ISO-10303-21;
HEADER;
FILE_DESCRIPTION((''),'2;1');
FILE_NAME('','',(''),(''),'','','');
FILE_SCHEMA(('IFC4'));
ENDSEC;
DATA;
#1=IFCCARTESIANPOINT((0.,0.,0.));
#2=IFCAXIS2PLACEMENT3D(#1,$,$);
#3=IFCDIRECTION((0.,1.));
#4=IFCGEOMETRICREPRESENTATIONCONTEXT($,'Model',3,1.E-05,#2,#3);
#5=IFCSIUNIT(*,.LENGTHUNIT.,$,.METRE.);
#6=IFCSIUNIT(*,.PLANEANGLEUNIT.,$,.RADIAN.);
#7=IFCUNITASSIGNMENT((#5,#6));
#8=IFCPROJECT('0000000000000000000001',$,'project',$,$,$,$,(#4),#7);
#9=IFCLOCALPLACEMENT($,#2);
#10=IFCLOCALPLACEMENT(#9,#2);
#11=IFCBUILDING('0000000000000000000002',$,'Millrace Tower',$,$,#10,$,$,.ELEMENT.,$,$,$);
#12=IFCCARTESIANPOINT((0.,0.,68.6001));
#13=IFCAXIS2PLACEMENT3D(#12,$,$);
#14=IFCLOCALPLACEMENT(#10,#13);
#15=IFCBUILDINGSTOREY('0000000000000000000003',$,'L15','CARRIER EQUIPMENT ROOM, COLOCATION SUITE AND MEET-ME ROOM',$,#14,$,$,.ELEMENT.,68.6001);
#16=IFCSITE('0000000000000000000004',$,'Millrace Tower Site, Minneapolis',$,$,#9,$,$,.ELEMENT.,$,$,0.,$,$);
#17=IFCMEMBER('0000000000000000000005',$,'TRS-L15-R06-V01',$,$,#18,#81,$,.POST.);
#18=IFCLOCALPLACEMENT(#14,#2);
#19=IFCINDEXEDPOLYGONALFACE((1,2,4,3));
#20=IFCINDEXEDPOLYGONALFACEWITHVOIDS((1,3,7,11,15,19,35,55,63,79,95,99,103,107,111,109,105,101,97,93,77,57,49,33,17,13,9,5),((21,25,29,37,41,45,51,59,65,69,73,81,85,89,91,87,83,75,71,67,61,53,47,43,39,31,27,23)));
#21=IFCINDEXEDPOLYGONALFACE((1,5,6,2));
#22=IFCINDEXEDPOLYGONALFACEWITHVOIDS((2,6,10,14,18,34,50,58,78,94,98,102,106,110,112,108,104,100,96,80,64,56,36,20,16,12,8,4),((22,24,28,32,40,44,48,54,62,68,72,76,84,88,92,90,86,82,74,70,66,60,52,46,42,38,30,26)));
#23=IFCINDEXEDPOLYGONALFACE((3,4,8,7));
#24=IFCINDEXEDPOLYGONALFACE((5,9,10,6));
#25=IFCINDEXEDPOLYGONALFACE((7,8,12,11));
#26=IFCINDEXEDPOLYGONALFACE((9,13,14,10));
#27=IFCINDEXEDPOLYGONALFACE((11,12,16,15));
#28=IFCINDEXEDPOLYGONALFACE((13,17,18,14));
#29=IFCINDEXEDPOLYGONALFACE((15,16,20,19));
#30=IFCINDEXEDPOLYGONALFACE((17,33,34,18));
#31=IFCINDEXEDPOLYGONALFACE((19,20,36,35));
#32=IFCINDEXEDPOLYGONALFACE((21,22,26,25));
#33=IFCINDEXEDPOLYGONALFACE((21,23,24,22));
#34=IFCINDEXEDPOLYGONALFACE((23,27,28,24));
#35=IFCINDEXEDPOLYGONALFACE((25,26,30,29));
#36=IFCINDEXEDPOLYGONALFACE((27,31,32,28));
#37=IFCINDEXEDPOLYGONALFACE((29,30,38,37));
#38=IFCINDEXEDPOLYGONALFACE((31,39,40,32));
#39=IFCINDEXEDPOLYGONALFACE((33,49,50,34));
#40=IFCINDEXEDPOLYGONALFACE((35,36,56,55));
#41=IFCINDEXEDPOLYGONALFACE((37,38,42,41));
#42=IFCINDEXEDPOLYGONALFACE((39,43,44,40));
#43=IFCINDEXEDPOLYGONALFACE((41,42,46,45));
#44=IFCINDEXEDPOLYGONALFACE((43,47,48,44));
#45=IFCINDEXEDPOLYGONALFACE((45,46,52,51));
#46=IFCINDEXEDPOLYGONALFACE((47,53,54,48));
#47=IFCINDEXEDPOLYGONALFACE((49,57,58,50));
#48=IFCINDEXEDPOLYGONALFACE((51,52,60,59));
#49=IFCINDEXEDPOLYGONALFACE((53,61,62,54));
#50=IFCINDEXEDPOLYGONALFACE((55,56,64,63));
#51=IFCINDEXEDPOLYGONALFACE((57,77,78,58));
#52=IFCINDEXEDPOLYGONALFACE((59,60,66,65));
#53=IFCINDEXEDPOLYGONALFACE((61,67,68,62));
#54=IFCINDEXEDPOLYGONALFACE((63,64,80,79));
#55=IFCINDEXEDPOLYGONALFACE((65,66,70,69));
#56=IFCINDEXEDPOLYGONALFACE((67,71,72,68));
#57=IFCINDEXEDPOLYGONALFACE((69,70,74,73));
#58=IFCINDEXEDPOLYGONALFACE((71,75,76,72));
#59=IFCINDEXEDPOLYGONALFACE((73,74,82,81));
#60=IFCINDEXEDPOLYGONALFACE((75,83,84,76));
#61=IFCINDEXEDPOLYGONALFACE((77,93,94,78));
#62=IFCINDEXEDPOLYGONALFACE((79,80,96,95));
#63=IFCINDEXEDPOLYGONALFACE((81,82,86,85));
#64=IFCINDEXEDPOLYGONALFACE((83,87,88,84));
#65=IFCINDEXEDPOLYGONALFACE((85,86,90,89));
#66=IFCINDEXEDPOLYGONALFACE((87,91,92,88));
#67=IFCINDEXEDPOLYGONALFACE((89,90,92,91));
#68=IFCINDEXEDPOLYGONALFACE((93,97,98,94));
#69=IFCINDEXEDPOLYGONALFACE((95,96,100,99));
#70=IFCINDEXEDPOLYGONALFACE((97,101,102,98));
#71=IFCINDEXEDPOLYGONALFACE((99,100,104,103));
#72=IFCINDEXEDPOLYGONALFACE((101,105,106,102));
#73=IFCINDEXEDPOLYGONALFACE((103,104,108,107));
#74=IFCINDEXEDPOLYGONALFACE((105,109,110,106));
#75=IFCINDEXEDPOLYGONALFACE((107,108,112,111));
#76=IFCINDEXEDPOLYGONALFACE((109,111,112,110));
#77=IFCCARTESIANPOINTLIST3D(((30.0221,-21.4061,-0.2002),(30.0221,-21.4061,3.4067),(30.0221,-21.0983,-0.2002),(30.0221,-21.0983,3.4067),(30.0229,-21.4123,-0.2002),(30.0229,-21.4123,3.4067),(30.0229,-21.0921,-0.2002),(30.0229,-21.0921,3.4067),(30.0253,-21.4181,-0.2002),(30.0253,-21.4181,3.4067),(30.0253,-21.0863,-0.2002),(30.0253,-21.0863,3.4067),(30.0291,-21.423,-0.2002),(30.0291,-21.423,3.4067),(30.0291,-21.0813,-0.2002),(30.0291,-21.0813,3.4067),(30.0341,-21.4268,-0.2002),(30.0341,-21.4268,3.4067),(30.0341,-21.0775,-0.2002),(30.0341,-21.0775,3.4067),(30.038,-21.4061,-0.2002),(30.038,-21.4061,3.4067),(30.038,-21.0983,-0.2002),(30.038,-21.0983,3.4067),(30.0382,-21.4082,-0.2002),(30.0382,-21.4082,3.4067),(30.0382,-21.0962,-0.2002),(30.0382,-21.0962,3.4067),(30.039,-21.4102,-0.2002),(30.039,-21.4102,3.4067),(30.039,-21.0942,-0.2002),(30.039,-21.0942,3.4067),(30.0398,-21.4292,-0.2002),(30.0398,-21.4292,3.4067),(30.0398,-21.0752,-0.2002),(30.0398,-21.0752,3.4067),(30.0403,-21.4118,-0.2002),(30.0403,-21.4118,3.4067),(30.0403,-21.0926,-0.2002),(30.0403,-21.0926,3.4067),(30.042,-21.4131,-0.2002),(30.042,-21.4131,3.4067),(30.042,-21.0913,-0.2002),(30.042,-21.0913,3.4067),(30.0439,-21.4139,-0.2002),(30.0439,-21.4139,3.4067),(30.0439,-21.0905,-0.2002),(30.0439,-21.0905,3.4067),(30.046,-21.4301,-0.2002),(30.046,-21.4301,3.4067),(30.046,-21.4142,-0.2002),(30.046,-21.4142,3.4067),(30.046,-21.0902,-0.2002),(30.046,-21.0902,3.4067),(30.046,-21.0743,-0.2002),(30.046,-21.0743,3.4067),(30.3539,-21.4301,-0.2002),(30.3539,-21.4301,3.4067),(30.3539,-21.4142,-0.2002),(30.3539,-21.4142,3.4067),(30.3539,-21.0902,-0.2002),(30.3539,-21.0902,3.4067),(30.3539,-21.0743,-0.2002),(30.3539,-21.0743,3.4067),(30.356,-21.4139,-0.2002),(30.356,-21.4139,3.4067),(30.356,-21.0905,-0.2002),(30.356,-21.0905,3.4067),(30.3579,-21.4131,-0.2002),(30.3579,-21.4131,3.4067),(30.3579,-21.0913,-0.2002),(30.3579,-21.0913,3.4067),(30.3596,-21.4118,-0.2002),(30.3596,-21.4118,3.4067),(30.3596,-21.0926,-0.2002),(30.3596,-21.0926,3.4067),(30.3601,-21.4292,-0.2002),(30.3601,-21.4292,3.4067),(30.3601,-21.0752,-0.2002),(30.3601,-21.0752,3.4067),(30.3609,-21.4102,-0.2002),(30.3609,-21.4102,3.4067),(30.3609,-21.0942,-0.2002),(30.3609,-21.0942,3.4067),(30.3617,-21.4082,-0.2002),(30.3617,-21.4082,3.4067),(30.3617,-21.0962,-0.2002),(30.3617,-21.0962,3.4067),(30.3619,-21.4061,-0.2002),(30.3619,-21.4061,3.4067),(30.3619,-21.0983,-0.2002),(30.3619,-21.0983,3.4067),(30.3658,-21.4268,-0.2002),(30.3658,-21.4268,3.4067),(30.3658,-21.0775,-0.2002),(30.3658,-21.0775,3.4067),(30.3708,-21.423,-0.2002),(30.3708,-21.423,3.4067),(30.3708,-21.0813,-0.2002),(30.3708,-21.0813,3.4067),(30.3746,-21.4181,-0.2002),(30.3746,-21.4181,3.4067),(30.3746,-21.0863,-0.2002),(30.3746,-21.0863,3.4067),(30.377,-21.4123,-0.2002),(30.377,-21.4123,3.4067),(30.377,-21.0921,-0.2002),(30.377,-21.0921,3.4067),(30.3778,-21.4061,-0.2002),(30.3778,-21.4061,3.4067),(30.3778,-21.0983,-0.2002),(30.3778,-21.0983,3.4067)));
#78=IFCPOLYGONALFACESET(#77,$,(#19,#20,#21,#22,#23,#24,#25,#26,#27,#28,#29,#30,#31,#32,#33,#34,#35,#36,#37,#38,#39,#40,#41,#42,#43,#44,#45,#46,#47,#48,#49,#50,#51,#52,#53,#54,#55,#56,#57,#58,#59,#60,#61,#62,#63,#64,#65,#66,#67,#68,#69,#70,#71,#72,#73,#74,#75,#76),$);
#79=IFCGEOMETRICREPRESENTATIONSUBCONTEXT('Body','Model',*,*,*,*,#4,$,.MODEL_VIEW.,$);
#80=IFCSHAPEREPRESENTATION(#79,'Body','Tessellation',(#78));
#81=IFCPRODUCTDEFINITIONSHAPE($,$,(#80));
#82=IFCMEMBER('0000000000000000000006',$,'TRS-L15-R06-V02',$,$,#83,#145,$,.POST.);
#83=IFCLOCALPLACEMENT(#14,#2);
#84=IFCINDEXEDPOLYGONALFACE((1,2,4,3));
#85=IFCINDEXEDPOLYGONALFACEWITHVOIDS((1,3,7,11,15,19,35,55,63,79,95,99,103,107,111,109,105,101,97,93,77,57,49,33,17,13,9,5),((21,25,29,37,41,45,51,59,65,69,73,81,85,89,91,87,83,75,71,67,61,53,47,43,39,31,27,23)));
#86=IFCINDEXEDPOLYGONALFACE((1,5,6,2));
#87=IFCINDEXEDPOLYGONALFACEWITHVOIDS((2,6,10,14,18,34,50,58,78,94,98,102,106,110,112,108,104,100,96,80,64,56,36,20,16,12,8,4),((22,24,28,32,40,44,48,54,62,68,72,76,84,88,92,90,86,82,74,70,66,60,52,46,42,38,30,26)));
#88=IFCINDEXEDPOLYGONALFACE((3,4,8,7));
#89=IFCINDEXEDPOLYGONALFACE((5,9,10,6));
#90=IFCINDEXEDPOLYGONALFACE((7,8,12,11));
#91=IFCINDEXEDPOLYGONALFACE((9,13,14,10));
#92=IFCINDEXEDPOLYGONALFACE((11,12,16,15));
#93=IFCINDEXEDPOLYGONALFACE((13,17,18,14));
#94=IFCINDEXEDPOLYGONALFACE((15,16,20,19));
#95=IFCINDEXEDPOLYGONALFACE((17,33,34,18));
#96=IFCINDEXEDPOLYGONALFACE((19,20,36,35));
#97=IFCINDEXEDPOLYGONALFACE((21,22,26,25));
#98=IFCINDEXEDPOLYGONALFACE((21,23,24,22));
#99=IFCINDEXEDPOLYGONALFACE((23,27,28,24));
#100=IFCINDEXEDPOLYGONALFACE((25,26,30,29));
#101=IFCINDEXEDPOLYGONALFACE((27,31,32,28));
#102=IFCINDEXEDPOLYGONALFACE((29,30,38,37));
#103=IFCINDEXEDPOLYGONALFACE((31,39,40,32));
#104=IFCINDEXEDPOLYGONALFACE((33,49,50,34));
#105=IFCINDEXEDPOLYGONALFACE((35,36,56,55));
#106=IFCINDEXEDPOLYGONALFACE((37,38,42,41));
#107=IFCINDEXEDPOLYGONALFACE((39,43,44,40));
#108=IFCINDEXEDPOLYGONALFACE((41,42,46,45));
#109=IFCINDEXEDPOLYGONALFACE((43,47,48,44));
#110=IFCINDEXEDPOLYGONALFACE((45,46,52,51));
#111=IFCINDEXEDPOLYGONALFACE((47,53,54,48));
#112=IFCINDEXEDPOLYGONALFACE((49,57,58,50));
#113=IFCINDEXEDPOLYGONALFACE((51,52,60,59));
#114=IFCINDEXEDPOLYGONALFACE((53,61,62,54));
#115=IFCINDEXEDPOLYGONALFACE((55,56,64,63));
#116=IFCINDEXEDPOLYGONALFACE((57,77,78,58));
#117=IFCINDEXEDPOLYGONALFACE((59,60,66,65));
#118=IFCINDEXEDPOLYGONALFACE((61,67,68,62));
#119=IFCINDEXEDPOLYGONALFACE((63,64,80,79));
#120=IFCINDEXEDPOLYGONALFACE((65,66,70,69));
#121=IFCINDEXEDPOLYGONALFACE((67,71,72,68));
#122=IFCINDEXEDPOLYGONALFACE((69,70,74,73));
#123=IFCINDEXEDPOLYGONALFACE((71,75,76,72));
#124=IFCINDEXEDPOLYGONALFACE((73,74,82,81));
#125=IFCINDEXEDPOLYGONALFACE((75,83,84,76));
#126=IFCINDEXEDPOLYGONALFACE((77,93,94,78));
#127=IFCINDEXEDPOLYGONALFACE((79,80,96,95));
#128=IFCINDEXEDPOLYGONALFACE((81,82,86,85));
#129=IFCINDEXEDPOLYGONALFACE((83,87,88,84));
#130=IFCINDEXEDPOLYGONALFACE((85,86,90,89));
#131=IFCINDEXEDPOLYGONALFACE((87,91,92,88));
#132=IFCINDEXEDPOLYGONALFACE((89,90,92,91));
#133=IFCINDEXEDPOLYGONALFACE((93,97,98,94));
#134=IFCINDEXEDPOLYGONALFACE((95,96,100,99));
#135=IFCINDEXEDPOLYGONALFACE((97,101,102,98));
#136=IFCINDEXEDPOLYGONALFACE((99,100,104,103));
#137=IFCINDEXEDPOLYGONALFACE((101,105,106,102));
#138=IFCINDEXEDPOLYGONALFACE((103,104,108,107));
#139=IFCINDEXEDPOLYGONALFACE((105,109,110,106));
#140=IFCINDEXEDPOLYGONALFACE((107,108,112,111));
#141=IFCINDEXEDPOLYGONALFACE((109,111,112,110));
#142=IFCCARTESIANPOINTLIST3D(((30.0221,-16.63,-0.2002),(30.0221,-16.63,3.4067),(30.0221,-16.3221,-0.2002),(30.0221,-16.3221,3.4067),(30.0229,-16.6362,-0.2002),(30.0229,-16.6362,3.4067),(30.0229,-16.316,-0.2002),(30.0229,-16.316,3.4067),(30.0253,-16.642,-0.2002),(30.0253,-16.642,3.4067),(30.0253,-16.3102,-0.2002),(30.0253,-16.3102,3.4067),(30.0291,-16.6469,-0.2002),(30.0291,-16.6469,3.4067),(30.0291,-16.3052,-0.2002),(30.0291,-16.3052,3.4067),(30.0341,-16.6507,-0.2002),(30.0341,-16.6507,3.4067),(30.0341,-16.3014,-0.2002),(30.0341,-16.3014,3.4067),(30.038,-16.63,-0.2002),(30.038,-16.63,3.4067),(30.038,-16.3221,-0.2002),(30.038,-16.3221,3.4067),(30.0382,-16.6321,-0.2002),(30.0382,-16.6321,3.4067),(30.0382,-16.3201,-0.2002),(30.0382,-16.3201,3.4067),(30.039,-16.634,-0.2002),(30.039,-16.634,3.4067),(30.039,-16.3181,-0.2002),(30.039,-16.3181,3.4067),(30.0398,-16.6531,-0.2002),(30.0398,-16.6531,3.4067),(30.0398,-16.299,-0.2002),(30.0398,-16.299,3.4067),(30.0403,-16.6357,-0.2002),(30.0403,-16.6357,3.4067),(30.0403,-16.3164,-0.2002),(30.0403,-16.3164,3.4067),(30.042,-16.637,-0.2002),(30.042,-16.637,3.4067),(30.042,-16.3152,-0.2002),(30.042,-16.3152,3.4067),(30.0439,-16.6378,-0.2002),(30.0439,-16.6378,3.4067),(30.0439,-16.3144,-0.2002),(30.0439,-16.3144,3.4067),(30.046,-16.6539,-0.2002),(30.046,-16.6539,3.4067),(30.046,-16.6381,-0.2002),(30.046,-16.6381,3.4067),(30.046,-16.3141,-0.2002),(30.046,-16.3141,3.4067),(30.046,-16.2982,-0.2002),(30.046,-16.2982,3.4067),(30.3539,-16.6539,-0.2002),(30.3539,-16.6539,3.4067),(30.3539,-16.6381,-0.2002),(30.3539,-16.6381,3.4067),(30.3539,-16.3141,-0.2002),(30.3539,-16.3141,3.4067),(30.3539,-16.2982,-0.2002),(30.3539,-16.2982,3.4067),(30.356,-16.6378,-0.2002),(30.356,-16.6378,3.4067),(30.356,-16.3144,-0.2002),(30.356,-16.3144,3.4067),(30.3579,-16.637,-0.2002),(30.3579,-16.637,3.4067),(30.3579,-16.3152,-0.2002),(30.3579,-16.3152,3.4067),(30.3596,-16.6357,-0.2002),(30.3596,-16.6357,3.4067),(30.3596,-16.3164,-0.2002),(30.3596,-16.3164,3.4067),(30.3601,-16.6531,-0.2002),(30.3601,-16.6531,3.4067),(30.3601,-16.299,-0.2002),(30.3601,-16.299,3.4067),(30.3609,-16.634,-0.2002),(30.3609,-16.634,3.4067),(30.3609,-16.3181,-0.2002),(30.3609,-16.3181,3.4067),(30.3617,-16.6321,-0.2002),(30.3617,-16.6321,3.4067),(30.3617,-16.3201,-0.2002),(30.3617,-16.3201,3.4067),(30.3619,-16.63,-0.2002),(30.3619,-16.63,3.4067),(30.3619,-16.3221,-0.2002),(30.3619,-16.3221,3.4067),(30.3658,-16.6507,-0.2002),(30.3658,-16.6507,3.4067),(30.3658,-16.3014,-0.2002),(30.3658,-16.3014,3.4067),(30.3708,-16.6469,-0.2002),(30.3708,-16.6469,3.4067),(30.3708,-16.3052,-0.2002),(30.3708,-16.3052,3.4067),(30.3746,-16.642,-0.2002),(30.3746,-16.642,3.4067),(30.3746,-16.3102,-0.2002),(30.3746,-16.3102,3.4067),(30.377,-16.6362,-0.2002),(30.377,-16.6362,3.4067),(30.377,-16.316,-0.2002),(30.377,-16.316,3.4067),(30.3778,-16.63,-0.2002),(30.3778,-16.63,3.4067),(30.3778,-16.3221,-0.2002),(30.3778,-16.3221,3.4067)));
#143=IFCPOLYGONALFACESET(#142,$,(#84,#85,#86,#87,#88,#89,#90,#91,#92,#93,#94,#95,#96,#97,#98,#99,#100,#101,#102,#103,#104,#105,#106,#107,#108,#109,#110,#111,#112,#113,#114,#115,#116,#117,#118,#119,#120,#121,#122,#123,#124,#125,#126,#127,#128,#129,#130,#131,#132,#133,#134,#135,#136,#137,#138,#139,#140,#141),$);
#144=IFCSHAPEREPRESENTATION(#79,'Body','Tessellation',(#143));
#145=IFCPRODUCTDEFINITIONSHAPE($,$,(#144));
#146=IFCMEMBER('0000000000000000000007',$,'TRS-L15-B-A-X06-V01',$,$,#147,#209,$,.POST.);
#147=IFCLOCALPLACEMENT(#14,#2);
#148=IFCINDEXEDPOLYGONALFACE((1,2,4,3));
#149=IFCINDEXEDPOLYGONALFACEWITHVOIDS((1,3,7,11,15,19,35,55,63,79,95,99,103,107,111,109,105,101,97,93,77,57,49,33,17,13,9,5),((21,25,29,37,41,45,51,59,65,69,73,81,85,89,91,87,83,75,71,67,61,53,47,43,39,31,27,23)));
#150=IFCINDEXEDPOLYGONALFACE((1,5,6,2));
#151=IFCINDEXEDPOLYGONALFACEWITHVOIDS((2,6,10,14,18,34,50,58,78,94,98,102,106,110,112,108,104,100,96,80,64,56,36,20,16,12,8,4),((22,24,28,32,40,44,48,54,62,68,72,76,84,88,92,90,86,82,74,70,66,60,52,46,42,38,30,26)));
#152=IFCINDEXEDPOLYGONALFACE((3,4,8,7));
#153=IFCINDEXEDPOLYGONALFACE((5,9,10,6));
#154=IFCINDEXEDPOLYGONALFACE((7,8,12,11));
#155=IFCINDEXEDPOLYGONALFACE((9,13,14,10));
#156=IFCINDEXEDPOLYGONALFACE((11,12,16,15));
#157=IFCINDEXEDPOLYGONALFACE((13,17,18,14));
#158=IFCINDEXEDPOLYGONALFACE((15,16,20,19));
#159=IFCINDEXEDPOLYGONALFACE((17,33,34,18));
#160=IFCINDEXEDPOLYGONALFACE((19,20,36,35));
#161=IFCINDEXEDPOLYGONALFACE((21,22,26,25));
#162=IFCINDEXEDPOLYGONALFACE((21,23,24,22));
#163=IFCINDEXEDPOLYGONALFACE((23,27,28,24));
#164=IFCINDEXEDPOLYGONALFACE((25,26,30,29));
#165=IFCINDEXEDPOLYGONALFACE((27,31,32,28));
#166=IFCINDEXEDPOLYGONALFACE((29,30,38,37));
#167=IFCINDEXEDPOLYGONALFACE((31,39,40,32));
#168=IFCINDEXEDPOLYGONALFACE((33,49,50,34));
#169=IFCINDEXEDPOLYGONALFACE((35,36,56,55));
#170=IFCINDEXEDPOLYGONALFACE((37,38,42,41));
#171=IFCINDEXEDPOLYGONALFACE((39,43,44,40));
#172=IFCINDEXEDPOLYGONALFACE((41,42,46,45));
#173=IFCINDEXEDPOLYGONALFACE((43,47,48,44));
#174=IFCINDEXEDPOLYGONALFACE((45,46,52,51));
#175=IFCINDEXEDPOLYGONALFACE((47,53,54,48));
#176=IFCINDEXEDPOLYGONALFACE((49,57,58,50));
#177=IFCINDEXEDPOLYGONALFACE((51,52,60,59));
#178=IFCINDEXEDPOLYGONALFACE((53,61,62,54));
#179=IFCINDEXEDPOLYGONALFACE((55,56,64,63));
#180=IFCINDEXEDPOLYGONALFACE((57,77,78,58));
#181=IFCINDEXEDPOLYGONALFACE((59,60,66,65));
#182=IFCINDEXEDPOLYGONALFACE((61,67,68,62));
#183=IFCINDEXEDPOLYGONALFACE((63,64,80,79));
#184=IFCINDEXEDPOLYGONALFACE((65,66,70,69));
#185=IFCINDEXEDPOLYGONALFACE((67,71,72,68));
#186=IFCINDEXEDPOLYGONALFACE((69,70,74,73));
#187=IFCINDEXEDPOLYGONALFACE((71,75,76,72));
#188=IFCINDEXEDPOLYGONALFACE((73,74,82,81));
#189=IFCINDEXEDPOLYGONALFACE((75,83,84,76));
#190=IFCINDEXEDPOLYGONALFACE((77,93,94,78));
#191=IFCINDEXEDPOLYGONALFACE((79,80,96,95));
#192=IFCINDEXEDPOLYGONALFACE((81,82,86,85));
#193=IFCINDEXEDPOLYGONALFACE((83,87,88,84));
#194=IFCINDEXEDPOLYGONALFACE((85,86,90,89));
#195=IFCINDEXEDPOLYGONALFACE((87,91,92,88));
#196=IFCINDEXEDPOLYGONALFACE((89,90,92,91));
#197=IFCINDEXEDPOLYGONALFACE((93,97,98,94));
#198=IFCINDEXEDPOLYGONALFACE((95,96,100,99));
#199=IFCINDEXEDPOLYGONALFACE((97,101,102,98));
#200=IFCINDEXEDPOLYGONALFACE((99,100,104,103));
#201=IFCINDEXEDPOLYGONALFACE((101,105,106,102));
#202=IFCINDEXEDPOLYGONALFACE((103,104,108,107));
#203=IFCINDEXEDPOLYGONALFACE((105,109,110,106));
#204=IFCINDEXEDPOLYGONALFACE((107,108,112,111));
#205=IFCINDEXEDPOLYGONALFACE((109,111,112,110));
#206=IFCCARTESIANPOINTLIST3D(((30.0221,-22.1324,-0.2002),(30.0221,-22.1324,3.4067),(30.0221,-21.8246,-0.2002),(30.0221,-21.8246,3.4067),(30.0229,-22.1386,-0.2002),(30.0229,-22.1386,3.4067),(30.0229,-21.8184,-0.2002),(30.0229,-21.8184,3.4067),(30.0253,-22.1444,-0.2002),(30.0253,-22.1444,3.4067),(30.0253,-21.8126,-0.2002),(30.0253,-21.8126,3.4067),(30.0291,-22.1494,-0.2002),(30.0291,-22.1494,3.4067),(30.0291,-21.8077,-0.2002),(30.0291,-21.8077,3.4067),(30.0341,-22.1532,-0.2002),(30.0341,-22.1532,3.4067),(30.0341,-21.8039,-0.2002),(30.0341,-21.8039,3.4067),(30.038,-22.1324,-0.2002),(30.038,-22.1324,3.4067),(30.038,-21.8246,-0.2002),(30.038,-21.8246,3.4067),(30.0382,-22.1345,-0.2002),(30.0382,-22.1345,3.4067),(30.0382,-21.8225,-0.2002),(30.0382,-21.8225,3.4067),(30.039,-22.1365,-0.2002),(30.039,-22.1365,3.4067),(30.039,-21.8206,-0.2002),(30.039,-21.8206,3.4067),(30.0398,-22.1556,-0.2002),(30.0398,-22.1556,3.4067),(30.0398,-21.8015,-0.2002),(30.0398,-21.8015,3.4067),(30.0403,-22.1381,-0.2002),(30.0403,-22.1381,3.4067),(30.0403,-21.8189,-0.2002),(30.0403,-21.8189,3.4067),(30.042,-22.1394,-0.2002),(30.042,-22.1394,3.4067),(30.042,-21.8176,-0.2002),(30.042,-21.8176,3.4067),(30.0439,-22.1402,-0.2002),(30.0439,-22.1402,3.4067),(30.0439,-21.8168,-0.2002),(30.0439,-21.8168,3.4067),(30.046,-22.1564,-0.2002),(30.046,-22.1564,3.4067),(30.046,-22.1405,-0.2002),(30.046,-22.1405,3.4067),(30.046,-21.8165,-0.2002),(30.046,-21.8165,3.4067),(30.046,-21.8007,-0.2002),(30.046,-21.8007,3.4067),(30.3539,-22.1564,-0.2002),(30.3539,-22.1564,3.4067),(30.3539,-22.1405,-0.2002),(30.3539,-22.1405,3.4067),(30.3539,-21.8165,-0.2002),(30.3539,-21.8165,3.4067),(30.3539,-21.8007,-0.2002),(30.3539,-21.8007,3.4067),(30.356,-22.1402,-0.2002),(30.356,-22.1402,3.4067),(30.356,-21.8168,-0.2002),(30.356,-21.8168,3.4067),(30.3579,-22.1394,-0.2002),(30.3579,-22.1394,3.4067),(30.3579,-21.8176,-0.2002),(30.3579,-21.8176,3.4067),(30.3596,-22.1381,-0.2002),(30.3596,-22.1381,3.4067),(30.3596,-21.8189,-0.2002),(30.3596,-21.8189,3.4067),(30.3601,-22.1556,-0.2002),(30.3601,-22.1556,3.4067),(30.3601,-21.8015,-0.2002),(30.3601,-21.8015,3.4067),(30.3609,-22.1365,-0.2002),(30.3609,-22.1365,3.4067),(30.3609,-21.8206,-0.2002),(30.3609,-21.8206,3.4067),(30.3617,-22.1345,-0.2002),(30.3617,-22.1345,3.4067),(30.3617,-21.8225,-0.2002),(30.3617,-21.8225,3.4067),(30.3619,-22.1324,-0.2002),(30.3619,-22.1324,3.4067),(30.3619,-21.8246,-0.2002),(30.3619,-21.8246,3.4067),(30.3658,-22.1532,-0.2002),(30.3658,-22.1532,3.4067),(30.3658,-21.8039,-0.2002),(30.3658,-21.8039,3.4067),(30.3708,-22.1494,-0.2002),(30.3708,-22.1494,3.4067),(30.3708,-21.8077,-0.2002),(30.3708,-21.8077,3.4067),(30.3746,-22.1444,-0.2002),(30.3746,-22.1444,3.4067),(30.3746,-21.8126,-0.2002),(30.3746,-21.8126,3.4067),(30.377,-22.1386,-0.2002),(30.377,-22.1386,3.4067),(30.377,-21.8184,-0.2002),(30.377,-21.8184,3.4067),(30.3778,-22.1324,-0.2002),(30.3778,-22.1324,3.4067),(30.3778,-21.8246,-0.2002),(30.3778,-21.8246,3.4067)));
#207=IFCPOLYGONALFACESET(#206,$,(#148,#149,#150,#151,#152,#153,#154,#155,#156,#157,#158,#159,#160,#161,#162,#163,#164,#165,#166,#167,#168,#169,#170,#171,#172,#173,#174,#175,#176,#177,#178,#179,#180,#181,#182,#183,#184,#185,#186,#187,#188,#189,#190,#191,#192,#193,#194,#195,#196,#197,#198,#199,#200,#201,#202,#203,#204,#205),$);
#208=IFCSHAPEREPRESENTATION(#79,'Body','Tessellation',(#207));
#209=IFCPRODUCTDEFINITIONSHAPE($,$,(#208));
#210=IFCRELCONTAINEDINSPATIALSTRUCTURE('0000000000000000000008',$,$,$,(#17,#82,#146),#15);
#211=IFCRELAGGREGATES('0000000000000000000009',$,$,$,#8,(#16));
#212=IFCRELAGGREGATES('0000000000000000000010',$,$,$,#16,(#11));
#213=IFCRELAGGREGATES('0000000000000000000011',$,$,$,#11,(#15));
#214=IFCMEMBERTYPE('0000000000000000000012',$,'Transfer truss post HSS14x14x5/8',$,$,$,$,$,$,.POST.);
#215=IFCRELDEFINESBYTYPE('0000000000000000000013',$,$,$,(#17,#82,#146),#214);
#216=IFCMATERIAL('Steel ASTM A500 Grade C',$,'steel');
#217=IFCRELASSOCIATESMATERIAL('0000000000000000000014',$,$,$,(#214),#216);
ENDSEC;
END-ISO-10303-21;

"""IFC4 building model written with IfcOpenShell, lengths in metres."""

from ifc_helpers import new_model, si_unit, direction, frame, origin, origin_2d, place, context, subcontext, project, spatial, hollow_rectangle, extrude, material, material_profile, profile_set, type_object, element, save


model = new_model("IFC4")

# Units and contexts
model_context = context("Model", 3, precision=1e-05, world=origin(), true_north=direction((0.0, 1.0)))
body_context = subcontext(model_context, "Body", "Model", "MODEL_VIEW")
ifc_project = project(units=[si_unit("LENGTHUNIT", "METRE"), si_unit("PLANEANGLEUNIT", "RADIAN")], contexts=[model_context])

# Site, building, storey
site_placement = place(None, origin())
site = spatial("IfcSite", under=ifc_project, at=site_placement, Name="Millrace Tower Site, Minneapolis", CompositionType="ELEMENT", RefElevation=0.0)
building_placement = place(site_placement, origin())
building = spatial("IfcBuilding", under=site, at=building_placement, Name="Millrace Tower", CompositionType="ELEMENT")
storey_placement = place(building_placement, frame((0.0, 0.0, 68.6001)))
storey = spatial("IfcBuildingStorey", under=building, at=storey_placement, Name="L15", Description="CARRIER EQUIPMENT ROOM, COLOCATION SUITE AND MEET-ME ROOM", CompositionType="ELEMENT", Elevation=68.6001)

# Members
ifc_material_1 = material(Name="Steel ASTM A500 Grade C", Category="steel")
ifc_material_profile_1 = material_profile(ifc_material_1, hollow_rectangle(XDim=0.3557, YDim=0.3557, WallThickness=0.0159, InnerFilletRadius=0.0081, OuterFilletRadius=0.0239, at=origin_2d()))
ifc_profile_set_1 = profile_set([ifc_material_profile_1], Name="Steel ASTM A500 Grade C")
member_type_1 = type_object("IfcMemberType", Name="Transfer truss post HSS14x14x5/8", PredefinedType="POST", material=ifc_profile_set_1)
for number, where, z_axis, x_axis, name in (
    (1, (30.2, -21.2522, -0.2002), (0.0, 0.0, 1.0), (1.0, 0.0, 0.0), "TRS-L15-R06-V01"),
    (2, (30.2, -16.4761, -0.2002), (0.0, 0.0, 1.0), (1.0, 0.0, 0.0), "TRS-L15-R06-V02"),
    (3, (30.2, -21.9785, -0.2002), (0.0, 0.0, 1.0), (1.0, 0.0, 0.0), "TRS-L15-B-A-X06-V01"),
):
    element("IfcMember", number, at=place(storey_placement, frame(where, z_axis=z_axis, x_axis=x_axis)), inside=storey, type_object=member_type_1, Name=name, PredefinedType="POST", context=body_context, shape_type="SweptSolid", body=[
        extrude(hollow_rectangle(XDim=0.3557, YDim=0.3557, WallThickness=0.0159, InnerFilletRadius=0.0081, OuterFilletRadius=0.0239, at=origin_2d()), origin(), (0.0, 0.0, 1.0), 3.6069),
    ])

save(model, "model.ifc")
